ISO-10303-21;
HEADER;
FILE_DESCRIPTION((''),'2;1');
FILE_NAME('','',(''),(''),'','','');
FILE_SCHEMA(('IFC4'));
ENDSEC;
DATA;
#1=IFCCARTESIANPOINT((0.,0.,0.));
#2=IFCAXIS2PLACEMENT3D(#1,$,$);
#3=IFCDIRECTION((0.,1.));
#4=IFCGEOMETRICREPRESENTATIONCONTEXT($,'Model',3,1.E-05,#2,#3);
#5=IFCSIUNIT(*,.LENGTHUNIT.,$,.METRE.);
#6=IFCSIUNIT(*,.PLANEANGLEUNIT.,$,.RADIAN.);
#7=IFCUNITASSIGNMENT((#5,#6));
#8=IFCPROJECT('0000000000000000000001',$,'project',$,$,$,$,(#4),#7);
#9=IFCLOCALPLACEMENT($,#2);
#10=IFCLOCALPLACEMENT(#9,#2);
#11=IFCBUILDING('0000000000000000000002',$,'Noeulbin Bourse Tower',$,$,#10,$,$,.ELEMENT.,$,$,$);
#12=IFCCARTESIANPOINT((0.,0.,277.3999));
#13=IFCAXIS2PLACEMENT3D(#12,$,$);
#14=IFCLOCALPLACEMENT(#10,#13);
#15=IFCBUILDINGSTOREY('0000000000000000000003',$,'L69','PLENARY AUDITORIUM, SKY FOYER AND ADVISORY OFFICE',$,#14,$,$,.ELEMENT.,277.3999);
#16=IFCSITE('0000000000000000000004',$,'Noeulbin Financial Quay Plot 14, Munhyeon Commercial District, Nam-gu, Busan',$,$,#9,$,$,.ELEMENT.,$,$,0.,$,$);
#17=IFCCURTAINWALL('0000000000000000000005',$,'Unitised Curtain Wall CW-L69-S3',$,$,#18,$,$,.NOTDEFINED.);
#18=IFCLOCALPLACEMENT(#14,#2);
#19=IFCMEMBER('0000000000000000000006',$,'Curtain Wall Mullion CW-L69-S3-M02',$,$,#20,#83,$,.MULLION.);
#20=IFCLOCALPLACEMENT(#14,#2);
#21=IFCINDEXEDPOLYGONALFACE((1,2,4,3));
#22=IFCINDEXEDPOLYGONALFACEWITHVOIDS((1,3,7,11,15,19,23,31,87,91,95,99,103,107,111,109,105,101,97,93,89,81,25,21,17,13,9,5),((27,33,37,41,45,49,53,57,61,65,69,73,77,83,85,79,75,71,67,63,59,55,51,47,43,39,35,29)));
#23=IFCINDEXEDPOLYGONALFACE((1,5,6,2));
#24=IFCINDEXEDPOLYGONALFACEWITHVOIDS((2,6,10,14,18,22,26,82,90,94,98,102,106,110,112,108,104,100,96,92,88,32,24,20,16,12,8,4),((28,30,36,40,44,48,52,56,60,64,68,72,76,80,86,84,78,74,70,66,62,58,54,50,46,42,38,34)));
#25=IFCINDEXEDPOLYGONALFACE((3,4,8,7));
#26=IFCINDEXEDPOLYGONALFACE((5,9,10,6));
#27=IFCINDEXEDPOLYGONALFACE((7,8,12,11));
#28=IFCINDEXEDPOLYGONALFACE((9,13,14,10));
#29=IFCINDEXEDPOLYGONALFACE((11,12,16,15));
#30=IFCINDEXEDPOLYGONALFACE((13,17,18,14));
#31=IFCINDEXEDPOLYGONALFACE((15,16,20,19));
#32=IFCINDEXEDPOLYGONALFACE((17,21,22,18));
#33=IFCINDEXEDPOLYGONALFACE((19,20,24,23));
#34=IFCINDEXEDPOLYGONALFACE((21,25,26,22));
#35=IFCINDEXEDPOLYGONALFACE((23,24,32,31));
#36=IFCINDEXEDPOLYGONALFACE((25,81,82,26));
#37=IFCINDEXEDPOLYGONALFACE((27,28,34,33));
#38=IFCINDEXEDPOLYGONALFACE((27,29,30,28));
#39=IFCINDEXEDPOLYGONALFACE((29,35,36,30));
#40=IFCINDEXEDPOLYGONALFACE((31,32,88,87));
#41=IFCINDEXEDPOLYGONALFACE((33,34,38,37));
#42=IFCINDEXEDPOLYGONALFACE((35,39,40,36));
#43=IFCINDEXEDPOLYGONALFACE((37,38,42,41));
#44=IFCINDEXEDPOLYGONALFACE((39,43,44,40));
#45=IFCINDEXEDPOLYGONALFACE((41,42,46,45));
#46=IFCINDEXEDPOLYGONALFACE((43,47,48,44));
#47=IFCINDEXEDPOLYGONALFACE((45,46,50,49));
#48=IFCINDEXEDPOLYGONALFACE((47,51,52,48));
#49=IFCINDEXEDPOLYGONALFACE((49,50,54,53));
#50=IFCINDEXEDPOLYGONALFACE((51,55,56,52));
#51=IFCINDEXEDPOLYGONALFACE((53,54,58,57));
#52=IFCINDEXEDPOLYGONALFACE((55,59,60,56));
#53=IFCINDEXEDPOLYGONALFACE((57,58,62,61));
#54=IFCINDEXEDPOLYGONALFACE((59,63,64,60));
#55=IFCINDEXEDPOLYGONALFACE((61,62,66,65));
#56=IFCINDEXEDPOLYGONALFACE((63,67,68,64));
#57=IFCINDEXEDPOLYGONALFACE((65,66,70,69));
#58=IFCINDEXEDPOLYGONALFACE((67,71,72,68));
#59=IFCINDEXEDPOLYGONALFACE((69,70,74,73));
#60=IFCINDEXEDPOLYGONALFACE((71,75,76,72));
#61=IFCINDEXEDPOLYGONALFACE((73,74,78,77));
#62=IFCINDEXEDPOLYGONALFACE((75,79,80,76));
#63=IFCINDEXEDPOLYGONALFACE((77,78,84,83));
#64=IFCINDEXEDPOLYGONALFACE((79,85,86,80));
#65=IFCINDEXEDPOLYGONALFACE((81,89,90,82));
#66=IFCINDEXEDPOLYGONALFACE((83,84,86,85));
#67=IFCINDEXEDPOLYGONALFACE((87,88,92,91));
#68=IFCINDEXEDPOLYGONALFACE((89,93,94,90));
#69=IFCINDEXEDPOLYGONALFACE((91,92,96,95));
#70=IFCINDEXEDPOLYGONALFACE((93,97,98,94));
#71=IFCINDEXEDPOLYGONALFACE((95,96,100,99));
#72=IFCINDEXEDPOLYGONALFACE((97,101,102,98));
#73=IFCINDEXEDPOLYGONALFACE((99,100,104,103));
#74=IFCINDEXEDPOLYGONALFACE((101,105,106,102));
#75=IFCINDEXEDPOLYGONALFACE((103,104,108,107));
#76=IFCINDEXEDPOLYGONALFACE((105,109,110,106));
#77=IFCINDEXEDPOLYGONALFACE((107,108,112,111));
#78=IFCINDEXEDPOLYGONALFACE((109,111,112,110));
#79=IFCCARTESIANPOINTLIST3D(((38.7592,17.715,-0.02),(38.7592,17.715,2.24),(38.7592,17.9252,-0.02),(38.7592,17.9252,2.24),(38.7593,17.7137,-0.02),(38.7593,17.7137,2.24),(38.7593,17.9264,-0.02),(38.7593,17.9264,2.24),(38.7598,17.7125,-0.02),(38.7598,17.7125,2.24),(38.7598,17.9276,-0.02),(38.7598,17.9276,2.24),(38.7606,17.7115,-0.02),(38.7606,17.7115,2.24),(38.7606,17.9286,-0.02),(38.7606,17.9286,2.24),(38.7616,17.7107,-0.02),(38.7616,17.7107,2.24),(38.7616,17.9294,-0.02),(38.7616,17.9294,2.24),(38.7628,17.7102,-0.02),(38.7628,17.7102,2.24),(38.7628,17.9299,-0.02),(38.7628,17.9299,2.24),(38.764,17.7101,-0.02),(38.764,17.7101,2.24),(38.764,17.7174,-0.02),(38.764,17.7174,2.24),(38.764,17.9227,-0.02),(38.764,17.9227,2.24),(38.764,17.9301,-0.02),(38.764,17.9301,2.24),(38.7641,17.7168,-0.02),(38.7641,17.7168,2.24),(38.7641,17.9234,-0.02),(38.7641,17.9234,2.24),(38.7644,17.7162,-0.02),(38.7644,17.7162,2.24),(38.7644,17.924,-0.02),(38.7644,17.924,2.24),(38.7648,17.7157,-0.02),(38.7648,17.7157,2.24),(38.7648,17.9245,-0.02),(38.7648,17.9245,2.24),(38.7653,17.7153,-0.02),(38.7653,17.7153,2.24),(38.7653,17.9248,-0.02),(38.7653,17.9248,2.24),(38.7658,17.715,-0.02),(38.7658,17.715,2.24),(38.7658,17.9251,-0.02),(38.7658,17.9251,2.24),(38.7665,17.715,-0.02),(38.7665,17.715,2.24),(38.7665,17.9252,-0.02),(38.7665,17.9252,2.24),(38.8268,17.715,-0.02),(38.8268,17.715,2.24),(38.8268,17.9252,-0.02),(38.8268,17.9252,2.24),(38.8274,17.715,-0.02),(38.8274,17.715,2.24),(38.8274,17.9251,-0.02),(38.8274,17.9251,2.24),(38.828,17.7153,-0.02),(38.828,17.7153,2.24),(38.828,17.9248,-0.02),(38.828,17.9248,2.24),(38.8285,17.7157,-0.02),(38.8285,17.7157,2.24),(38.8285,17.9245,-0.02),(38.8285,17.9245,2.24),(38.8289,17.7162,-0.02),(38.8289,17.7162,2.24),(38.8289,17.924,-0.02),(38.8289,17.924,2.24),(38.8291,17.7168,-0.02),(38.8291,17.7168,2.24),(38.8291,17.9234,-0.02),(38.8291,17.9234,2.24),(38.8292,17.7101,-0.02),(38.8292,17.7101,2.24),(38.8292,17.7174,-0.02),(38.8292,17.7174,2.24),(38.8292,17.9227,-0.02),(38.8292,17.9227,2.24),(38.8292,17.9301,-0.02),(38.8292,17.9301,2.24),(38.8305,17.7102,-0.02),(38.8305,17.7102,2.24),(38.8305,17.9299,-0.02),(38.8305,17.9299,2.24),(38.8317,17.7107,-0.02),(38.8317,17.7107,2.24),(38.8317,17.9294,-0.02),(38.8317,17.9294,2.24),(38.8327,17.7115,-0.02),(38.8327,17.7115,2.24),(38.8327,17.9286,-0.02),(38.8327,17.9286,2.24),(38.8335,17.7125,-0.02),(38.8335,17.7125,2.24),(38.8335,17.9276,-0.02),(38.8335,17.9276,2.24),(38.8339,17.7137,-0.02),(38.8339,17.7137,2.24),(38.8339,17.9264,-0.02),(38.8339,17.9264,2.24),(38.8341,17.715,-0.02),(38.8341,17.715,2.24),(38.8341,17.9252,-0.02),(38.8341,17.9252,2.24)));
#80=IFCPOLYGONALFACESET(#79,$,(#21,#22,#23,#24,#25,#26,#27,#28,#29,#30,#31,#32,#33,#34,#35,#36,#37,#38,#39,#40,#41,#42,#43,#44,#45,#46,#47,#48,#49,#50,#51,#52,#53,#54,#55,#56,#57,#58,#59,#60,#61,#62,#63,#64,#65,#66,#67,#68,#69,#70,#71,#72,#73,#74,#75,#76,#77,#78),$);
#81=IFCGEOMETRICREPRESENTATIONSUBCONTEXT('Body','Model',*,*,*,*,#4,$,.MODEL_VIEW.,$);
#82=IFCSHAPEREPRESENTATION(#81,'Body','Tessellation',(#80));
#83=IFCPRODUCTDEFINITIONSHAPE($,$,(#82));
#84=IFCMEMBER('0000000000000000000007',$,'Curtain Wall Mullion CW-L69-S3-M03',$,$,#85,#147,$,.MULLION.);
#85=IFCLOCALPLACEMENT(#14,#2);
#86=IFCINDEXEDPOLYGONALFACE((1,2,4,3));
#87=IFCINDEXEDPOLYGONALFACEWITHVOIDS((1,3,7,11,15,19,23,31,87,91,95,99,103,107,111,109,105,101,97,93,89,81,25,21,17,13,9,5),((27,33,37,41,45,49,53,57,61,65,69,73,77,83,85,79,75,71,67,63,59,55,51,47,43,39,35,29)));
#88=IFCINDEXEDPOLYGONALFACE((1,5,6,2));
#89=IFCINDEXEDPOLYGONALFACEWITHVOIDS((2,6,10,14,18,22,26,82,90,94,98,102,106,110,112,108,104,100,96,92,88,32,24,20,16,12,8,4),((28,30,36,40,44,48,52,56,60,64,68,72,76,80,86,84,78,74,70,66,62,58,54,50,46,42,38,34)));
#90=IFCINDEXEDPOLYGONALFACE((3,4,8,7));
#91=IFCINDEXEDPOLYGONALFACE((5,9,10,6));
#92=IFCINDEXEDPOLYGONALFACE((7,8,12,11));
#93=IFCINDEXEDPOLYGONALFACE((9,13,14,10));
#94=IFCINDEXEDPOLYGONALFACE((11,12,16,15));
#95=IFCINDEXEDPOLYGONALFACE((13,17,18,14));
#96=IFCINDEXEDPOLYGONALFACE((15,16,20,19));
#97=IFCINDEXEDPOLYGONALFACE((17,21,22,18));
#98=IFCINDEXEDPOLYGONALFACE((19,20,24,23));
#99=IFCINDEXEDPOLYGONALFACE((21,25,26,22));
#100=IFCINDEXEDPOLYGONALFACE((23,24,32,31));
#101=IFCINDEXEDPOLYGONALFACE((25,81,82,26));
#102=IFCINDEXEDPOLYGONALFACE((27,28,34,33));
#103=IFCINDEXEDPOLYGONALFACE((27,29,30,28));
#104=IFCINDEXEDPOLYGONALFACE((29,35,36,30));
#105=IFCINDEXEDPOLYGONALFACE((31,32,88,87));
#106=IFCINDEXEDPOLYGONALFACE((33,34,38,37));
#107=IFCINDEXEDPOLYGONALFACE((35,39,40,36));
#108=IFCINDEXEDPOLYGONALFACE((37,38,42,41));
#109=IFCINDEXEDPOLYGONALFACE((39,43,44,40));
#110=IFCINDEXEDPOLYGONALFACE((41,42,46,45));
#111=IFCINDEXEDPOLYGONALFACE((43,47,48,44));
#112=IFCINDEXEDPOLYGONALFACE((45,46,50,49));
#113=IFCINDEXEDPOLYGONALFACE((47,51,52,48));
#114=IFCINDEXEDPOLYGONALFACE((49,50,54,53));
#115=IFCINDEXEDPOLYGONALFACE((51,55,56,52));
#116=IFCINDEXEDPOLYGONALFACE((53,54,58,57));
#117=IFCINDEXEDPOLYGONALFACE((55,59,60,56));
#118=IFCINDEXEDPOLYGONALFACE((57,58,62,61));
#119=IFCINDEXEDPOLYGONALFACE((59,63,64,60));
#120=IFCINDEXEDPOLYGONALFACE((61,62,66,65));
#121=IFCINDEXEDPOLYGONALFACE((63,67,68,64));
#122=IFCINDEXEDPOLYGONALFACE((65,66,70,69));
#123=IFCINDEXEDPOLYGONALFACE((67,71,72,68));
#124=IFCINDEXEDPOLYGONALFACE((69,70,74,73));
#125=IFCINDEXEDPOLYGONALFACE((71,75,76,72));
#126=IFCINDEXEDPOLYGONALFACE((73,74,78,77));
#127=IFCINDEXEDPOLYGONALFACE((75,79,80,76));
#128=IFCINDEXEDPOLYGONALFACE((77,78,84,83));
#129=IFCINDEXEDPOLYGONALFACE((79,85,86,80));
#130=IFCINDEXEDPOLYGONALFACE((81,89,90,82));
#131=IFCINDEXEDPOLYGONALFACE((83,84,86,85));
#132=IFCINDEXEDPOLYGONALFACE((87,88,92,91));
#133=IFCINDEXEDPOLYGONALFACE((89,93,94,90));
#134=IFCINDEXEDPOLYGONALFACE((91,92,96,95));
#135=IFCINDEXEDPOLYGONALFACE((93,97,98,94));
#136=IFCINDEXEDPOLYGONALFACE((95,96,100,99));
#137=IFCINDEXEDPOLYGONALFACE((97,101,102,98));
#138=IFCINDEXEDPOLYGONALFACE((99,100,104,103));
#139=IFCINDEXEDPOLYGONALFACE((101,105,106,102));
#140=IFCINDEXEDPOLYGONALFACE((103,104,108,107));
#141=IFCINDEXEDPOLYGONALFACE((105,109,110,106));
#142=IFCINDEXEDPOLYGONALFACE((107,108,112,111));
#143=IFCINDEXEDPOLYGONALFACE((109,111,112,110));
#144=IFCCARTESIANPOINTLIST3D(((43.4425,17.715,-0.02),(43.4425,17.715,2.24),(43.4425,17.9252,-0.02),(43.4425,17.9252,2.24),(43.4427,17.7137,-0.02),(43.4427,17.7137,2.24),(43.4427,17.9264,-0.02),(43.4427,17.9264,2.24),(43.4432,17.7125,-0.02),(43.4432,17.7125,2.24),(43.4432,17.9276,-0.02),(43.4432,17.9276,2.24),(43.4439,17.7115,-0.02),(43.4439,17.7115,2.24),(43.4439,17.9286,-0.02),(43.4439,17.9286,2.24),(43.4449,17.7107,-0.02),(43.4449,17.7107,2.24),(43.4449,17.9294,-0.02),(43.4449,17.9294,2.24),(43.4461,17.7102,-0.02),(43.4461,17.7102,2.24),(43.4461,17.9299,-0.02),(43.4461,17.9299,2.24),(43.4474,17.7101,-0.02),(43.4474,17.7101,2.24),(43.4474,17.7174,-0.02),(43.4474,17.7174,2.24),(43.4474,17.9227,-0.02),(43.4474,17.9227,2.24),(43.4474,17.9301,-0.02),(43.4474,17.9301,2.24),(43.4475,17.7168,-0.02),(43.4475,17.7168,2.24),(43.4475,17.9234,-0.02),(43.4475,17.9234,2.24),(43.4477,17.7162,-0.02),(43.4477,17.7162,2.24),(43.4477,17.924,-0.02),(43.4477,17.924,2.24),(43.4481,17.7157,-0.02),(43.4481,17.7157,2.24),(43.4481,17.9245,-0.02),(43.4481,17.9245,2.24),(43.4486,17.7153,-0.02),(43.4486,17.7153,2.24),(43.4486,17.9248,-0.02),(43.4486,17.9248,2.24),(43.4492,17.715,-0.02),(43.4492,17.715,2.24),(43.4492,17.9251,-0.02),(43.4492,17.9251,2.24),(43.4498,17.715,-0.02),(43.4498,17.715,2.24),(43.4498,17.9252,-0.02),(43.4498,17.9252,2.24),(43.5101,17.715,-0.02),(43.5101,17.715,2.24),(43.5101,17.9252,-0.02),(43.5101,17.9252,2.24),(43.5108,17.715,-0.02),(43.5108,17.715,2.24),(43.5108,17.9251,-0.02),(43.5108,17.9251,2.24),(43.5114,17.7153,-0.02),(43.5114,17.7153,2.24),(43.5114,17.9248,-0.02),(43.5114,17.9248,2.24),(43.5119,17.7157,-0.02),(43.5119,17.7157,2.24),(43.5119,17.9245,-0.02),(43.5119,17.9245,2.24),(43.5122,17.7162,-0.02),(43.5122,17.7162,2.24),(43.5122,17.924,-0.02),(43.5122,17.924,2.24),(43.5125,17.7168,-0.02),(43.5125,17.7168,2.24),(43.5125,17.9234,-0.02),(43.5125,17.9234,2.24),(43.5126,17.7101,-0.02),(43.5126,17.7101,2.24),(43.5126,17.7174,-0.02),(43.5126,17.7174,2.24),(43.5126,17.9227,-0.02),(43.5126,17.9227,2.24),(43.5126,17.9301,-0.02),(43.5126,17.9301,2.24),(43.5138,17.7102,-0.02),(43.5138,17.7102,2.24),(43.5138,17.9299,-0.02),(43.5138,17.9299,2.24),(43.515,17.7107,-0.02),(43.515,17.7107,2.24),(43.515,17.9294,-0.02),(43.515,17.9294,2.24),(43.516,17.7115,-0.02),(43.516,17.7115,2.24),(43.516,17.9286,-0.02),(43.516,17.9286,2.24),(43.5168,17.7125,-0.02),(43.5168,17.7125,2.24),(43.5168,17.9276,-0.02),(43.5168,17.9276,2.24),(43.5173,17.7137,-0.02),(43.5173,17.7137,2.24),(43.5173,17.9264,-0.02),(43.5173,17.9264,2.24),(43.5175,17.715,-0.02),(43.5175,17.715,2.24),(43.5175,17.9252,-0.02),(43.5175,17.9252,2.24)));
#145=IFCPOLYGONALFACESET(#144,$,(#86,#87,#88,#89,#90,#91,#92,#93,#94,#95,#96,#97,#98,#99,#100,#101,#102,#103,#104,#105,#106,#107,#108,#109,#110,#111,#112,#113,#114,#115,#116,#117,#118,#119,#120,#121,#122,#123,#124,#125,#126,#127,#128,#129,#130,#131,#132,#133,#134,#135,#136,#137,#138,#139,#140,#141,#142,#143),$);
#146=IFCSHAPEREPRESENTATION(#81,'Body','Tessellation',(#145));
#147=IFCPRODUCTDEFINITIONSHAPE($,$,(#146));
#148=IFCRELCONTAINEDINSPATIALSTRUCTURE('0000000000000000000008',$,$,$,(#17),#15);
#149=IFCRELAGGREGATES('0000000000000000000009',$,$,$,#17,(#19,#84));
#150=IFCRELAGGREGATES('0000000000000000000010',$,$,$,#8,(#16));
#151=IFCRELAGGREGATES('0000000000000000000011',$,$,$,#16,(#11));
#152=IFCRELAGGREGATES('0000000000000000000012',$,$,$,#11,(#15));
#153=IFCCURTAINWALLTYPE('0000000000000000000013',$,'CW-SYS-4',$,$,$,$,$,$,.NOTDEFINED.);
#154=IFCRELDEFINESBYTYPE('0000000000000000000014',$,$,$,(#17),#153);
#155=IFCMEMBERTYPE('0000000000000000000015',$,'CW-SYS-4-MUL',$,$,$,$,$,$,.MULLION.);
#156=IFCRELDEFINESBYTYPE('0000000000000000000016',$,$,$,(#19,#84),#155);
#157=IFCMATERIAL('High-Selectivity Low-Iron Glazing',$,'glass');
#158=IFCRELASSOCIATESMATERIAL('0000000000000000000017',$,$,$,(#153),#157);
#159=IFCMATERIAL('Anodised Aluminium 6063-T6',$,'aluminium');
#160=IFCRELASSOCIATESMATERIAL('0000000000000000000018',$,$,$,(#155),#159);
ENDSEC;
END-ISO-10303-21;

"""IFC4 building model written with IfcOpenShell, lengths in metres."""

from ifc_helpers import new_model, si_unit, direction, frame, origin, origin_2d, place, context, subcontext, project, spatial, hollow_rectangle, extrude, material, material_profile, profile_set, type_object, element, aggregate, save


model = new_model("IFC4")

# Units and contexts
model_context = context("Model", 3, precision=1e-05, world=origin(), true_north=direction((0.0, 1.0)))
body_context = subcontext(model_context, "Body", "Model", "MODEL_VIEW")
ifc_project = project(units=[si_unit("LENGTHUNIT", "METRE"), si_unit("PLANEANGLEUNIT", "RADIAN")], contexts=[model_context])

# Site, building, storey
site_placement = place(None, origin())
site = spatial("IfcSite", under=ifc_project, at=site_placement, Name="Noeulbin Financial Quay Plot 14, Munhyeon Commercial District, Nam-gu, Busan", CompositionType="ELEMENT", RefElevation=0.0)
building_placement = place(site_placement, origin())
building = spatial("IfcBuilding", under=site, at=building_placement, Name="Noeulbin Bourse Tower", CompositionType="ELEMENT")
storey_placement = place(building_placement, frame((0.0, 0.0, 277.3999)))
storey = spatial("IfcBuildingStorey", under=building, at=storey_placement, Name="L69", Description="PLENARY AUDITORIUM, SKY FOYER AND ADVISORY OFFICE", CompositionType="ELEMENT", Elevation=277.3999)

# Curtain wall, members
ifc_material_1 = material(Name="High-Selectivity Low-Iron Glazing", Category="glass")
curtain_wall_type = type_object("IfcCurtainWallType", Name="CW-SYS-4", PredefinedType="NOTDEFINED", material=ifc_material_1)
curtain_wall_1_placement = place(storey_placement, origin())
curtain_wall_1 = element("IfcCurtainWall", 1, at=curtain_wall_1_placement, inside=storey, type_object=curtain_wall_type, Name="Unitised Curtain Wall CW-L69-S3", PredefinedType="NOTDEFINED")
ifc_material_2 = material(Name="Anodised Aluminium 6063-T6", Category="aluminium")
ifc_material_profile_1 = material_profile(ifc_material_2, hollow_rectangle(XDim=0.075, YDim=0.22, WallThickness=0.0049, InnerFilletRadius=0.0024, OuterFilletRadius=0.0049, at=origin_2d()), Name="ALU-MULL-75x220x5", Category="LoadBearing")
ifc_profile_set_1 = profile_set([ifc_material_profile_1], Name="Anodised Aluminium 6063-T6")
member_type_1 = type_object("IfcMemberType", Name="CW-SYS-4-MUL", PredefinedType="MULLION", material=ifc_profile_set_1)
member_1_placement = place(storey_placement, frame((38.7966, 17.8201, -0.02), z_axis=(0.0, 0.0, 1.0), x_axis=(1.0, 0.0, 0.0)))
member_1 = element("IfcMember", 2, at=member_1_placement, type_object=member_type_1, Name="Curtain Wall Mullion CW-L69-S3-M02", PredefinedType="MULLION", context=body_context, shape_type="SweptSolid", body=[
    extrude(hollow_rectangle(XDim=0.075, YDim=0.22, WallThickness=0.0049, InnerFilletRadius=0.0024, OuterFilletRadius=0.0049, at=origin_2d()), origin(), (0.0, 0.0, 1.0), 2.26),
])
member_2_placement = place(storey_placement, frame((43.48, 17.8201, -0.02), z_axis=(0.0, 0.0, 1.0), x_axis=(1.0, 0.0, 0.0)))
member_2 = element("IfcMember", 3, at=member_2_placement, type_object=member_type_1, Name="Curtain Wall Mullion CW-L69-S3-M03", PredefinedType="MULLION", context=body_context, shape_type="SweptSolid", body=[
    extrude(hollow_rectangle(XDim=0.075, YDim=0.22, WallThickness=0.0049, InnerFilletRadius=0.0024, OuterFilletRadius=0.0049, at=origin_2d()), origin(), (0.0, 0.0, 1.0), 2.26),
])

aggregate(curtain_wall_1, [member_1, member_2])

save(model, "model.ifc")
